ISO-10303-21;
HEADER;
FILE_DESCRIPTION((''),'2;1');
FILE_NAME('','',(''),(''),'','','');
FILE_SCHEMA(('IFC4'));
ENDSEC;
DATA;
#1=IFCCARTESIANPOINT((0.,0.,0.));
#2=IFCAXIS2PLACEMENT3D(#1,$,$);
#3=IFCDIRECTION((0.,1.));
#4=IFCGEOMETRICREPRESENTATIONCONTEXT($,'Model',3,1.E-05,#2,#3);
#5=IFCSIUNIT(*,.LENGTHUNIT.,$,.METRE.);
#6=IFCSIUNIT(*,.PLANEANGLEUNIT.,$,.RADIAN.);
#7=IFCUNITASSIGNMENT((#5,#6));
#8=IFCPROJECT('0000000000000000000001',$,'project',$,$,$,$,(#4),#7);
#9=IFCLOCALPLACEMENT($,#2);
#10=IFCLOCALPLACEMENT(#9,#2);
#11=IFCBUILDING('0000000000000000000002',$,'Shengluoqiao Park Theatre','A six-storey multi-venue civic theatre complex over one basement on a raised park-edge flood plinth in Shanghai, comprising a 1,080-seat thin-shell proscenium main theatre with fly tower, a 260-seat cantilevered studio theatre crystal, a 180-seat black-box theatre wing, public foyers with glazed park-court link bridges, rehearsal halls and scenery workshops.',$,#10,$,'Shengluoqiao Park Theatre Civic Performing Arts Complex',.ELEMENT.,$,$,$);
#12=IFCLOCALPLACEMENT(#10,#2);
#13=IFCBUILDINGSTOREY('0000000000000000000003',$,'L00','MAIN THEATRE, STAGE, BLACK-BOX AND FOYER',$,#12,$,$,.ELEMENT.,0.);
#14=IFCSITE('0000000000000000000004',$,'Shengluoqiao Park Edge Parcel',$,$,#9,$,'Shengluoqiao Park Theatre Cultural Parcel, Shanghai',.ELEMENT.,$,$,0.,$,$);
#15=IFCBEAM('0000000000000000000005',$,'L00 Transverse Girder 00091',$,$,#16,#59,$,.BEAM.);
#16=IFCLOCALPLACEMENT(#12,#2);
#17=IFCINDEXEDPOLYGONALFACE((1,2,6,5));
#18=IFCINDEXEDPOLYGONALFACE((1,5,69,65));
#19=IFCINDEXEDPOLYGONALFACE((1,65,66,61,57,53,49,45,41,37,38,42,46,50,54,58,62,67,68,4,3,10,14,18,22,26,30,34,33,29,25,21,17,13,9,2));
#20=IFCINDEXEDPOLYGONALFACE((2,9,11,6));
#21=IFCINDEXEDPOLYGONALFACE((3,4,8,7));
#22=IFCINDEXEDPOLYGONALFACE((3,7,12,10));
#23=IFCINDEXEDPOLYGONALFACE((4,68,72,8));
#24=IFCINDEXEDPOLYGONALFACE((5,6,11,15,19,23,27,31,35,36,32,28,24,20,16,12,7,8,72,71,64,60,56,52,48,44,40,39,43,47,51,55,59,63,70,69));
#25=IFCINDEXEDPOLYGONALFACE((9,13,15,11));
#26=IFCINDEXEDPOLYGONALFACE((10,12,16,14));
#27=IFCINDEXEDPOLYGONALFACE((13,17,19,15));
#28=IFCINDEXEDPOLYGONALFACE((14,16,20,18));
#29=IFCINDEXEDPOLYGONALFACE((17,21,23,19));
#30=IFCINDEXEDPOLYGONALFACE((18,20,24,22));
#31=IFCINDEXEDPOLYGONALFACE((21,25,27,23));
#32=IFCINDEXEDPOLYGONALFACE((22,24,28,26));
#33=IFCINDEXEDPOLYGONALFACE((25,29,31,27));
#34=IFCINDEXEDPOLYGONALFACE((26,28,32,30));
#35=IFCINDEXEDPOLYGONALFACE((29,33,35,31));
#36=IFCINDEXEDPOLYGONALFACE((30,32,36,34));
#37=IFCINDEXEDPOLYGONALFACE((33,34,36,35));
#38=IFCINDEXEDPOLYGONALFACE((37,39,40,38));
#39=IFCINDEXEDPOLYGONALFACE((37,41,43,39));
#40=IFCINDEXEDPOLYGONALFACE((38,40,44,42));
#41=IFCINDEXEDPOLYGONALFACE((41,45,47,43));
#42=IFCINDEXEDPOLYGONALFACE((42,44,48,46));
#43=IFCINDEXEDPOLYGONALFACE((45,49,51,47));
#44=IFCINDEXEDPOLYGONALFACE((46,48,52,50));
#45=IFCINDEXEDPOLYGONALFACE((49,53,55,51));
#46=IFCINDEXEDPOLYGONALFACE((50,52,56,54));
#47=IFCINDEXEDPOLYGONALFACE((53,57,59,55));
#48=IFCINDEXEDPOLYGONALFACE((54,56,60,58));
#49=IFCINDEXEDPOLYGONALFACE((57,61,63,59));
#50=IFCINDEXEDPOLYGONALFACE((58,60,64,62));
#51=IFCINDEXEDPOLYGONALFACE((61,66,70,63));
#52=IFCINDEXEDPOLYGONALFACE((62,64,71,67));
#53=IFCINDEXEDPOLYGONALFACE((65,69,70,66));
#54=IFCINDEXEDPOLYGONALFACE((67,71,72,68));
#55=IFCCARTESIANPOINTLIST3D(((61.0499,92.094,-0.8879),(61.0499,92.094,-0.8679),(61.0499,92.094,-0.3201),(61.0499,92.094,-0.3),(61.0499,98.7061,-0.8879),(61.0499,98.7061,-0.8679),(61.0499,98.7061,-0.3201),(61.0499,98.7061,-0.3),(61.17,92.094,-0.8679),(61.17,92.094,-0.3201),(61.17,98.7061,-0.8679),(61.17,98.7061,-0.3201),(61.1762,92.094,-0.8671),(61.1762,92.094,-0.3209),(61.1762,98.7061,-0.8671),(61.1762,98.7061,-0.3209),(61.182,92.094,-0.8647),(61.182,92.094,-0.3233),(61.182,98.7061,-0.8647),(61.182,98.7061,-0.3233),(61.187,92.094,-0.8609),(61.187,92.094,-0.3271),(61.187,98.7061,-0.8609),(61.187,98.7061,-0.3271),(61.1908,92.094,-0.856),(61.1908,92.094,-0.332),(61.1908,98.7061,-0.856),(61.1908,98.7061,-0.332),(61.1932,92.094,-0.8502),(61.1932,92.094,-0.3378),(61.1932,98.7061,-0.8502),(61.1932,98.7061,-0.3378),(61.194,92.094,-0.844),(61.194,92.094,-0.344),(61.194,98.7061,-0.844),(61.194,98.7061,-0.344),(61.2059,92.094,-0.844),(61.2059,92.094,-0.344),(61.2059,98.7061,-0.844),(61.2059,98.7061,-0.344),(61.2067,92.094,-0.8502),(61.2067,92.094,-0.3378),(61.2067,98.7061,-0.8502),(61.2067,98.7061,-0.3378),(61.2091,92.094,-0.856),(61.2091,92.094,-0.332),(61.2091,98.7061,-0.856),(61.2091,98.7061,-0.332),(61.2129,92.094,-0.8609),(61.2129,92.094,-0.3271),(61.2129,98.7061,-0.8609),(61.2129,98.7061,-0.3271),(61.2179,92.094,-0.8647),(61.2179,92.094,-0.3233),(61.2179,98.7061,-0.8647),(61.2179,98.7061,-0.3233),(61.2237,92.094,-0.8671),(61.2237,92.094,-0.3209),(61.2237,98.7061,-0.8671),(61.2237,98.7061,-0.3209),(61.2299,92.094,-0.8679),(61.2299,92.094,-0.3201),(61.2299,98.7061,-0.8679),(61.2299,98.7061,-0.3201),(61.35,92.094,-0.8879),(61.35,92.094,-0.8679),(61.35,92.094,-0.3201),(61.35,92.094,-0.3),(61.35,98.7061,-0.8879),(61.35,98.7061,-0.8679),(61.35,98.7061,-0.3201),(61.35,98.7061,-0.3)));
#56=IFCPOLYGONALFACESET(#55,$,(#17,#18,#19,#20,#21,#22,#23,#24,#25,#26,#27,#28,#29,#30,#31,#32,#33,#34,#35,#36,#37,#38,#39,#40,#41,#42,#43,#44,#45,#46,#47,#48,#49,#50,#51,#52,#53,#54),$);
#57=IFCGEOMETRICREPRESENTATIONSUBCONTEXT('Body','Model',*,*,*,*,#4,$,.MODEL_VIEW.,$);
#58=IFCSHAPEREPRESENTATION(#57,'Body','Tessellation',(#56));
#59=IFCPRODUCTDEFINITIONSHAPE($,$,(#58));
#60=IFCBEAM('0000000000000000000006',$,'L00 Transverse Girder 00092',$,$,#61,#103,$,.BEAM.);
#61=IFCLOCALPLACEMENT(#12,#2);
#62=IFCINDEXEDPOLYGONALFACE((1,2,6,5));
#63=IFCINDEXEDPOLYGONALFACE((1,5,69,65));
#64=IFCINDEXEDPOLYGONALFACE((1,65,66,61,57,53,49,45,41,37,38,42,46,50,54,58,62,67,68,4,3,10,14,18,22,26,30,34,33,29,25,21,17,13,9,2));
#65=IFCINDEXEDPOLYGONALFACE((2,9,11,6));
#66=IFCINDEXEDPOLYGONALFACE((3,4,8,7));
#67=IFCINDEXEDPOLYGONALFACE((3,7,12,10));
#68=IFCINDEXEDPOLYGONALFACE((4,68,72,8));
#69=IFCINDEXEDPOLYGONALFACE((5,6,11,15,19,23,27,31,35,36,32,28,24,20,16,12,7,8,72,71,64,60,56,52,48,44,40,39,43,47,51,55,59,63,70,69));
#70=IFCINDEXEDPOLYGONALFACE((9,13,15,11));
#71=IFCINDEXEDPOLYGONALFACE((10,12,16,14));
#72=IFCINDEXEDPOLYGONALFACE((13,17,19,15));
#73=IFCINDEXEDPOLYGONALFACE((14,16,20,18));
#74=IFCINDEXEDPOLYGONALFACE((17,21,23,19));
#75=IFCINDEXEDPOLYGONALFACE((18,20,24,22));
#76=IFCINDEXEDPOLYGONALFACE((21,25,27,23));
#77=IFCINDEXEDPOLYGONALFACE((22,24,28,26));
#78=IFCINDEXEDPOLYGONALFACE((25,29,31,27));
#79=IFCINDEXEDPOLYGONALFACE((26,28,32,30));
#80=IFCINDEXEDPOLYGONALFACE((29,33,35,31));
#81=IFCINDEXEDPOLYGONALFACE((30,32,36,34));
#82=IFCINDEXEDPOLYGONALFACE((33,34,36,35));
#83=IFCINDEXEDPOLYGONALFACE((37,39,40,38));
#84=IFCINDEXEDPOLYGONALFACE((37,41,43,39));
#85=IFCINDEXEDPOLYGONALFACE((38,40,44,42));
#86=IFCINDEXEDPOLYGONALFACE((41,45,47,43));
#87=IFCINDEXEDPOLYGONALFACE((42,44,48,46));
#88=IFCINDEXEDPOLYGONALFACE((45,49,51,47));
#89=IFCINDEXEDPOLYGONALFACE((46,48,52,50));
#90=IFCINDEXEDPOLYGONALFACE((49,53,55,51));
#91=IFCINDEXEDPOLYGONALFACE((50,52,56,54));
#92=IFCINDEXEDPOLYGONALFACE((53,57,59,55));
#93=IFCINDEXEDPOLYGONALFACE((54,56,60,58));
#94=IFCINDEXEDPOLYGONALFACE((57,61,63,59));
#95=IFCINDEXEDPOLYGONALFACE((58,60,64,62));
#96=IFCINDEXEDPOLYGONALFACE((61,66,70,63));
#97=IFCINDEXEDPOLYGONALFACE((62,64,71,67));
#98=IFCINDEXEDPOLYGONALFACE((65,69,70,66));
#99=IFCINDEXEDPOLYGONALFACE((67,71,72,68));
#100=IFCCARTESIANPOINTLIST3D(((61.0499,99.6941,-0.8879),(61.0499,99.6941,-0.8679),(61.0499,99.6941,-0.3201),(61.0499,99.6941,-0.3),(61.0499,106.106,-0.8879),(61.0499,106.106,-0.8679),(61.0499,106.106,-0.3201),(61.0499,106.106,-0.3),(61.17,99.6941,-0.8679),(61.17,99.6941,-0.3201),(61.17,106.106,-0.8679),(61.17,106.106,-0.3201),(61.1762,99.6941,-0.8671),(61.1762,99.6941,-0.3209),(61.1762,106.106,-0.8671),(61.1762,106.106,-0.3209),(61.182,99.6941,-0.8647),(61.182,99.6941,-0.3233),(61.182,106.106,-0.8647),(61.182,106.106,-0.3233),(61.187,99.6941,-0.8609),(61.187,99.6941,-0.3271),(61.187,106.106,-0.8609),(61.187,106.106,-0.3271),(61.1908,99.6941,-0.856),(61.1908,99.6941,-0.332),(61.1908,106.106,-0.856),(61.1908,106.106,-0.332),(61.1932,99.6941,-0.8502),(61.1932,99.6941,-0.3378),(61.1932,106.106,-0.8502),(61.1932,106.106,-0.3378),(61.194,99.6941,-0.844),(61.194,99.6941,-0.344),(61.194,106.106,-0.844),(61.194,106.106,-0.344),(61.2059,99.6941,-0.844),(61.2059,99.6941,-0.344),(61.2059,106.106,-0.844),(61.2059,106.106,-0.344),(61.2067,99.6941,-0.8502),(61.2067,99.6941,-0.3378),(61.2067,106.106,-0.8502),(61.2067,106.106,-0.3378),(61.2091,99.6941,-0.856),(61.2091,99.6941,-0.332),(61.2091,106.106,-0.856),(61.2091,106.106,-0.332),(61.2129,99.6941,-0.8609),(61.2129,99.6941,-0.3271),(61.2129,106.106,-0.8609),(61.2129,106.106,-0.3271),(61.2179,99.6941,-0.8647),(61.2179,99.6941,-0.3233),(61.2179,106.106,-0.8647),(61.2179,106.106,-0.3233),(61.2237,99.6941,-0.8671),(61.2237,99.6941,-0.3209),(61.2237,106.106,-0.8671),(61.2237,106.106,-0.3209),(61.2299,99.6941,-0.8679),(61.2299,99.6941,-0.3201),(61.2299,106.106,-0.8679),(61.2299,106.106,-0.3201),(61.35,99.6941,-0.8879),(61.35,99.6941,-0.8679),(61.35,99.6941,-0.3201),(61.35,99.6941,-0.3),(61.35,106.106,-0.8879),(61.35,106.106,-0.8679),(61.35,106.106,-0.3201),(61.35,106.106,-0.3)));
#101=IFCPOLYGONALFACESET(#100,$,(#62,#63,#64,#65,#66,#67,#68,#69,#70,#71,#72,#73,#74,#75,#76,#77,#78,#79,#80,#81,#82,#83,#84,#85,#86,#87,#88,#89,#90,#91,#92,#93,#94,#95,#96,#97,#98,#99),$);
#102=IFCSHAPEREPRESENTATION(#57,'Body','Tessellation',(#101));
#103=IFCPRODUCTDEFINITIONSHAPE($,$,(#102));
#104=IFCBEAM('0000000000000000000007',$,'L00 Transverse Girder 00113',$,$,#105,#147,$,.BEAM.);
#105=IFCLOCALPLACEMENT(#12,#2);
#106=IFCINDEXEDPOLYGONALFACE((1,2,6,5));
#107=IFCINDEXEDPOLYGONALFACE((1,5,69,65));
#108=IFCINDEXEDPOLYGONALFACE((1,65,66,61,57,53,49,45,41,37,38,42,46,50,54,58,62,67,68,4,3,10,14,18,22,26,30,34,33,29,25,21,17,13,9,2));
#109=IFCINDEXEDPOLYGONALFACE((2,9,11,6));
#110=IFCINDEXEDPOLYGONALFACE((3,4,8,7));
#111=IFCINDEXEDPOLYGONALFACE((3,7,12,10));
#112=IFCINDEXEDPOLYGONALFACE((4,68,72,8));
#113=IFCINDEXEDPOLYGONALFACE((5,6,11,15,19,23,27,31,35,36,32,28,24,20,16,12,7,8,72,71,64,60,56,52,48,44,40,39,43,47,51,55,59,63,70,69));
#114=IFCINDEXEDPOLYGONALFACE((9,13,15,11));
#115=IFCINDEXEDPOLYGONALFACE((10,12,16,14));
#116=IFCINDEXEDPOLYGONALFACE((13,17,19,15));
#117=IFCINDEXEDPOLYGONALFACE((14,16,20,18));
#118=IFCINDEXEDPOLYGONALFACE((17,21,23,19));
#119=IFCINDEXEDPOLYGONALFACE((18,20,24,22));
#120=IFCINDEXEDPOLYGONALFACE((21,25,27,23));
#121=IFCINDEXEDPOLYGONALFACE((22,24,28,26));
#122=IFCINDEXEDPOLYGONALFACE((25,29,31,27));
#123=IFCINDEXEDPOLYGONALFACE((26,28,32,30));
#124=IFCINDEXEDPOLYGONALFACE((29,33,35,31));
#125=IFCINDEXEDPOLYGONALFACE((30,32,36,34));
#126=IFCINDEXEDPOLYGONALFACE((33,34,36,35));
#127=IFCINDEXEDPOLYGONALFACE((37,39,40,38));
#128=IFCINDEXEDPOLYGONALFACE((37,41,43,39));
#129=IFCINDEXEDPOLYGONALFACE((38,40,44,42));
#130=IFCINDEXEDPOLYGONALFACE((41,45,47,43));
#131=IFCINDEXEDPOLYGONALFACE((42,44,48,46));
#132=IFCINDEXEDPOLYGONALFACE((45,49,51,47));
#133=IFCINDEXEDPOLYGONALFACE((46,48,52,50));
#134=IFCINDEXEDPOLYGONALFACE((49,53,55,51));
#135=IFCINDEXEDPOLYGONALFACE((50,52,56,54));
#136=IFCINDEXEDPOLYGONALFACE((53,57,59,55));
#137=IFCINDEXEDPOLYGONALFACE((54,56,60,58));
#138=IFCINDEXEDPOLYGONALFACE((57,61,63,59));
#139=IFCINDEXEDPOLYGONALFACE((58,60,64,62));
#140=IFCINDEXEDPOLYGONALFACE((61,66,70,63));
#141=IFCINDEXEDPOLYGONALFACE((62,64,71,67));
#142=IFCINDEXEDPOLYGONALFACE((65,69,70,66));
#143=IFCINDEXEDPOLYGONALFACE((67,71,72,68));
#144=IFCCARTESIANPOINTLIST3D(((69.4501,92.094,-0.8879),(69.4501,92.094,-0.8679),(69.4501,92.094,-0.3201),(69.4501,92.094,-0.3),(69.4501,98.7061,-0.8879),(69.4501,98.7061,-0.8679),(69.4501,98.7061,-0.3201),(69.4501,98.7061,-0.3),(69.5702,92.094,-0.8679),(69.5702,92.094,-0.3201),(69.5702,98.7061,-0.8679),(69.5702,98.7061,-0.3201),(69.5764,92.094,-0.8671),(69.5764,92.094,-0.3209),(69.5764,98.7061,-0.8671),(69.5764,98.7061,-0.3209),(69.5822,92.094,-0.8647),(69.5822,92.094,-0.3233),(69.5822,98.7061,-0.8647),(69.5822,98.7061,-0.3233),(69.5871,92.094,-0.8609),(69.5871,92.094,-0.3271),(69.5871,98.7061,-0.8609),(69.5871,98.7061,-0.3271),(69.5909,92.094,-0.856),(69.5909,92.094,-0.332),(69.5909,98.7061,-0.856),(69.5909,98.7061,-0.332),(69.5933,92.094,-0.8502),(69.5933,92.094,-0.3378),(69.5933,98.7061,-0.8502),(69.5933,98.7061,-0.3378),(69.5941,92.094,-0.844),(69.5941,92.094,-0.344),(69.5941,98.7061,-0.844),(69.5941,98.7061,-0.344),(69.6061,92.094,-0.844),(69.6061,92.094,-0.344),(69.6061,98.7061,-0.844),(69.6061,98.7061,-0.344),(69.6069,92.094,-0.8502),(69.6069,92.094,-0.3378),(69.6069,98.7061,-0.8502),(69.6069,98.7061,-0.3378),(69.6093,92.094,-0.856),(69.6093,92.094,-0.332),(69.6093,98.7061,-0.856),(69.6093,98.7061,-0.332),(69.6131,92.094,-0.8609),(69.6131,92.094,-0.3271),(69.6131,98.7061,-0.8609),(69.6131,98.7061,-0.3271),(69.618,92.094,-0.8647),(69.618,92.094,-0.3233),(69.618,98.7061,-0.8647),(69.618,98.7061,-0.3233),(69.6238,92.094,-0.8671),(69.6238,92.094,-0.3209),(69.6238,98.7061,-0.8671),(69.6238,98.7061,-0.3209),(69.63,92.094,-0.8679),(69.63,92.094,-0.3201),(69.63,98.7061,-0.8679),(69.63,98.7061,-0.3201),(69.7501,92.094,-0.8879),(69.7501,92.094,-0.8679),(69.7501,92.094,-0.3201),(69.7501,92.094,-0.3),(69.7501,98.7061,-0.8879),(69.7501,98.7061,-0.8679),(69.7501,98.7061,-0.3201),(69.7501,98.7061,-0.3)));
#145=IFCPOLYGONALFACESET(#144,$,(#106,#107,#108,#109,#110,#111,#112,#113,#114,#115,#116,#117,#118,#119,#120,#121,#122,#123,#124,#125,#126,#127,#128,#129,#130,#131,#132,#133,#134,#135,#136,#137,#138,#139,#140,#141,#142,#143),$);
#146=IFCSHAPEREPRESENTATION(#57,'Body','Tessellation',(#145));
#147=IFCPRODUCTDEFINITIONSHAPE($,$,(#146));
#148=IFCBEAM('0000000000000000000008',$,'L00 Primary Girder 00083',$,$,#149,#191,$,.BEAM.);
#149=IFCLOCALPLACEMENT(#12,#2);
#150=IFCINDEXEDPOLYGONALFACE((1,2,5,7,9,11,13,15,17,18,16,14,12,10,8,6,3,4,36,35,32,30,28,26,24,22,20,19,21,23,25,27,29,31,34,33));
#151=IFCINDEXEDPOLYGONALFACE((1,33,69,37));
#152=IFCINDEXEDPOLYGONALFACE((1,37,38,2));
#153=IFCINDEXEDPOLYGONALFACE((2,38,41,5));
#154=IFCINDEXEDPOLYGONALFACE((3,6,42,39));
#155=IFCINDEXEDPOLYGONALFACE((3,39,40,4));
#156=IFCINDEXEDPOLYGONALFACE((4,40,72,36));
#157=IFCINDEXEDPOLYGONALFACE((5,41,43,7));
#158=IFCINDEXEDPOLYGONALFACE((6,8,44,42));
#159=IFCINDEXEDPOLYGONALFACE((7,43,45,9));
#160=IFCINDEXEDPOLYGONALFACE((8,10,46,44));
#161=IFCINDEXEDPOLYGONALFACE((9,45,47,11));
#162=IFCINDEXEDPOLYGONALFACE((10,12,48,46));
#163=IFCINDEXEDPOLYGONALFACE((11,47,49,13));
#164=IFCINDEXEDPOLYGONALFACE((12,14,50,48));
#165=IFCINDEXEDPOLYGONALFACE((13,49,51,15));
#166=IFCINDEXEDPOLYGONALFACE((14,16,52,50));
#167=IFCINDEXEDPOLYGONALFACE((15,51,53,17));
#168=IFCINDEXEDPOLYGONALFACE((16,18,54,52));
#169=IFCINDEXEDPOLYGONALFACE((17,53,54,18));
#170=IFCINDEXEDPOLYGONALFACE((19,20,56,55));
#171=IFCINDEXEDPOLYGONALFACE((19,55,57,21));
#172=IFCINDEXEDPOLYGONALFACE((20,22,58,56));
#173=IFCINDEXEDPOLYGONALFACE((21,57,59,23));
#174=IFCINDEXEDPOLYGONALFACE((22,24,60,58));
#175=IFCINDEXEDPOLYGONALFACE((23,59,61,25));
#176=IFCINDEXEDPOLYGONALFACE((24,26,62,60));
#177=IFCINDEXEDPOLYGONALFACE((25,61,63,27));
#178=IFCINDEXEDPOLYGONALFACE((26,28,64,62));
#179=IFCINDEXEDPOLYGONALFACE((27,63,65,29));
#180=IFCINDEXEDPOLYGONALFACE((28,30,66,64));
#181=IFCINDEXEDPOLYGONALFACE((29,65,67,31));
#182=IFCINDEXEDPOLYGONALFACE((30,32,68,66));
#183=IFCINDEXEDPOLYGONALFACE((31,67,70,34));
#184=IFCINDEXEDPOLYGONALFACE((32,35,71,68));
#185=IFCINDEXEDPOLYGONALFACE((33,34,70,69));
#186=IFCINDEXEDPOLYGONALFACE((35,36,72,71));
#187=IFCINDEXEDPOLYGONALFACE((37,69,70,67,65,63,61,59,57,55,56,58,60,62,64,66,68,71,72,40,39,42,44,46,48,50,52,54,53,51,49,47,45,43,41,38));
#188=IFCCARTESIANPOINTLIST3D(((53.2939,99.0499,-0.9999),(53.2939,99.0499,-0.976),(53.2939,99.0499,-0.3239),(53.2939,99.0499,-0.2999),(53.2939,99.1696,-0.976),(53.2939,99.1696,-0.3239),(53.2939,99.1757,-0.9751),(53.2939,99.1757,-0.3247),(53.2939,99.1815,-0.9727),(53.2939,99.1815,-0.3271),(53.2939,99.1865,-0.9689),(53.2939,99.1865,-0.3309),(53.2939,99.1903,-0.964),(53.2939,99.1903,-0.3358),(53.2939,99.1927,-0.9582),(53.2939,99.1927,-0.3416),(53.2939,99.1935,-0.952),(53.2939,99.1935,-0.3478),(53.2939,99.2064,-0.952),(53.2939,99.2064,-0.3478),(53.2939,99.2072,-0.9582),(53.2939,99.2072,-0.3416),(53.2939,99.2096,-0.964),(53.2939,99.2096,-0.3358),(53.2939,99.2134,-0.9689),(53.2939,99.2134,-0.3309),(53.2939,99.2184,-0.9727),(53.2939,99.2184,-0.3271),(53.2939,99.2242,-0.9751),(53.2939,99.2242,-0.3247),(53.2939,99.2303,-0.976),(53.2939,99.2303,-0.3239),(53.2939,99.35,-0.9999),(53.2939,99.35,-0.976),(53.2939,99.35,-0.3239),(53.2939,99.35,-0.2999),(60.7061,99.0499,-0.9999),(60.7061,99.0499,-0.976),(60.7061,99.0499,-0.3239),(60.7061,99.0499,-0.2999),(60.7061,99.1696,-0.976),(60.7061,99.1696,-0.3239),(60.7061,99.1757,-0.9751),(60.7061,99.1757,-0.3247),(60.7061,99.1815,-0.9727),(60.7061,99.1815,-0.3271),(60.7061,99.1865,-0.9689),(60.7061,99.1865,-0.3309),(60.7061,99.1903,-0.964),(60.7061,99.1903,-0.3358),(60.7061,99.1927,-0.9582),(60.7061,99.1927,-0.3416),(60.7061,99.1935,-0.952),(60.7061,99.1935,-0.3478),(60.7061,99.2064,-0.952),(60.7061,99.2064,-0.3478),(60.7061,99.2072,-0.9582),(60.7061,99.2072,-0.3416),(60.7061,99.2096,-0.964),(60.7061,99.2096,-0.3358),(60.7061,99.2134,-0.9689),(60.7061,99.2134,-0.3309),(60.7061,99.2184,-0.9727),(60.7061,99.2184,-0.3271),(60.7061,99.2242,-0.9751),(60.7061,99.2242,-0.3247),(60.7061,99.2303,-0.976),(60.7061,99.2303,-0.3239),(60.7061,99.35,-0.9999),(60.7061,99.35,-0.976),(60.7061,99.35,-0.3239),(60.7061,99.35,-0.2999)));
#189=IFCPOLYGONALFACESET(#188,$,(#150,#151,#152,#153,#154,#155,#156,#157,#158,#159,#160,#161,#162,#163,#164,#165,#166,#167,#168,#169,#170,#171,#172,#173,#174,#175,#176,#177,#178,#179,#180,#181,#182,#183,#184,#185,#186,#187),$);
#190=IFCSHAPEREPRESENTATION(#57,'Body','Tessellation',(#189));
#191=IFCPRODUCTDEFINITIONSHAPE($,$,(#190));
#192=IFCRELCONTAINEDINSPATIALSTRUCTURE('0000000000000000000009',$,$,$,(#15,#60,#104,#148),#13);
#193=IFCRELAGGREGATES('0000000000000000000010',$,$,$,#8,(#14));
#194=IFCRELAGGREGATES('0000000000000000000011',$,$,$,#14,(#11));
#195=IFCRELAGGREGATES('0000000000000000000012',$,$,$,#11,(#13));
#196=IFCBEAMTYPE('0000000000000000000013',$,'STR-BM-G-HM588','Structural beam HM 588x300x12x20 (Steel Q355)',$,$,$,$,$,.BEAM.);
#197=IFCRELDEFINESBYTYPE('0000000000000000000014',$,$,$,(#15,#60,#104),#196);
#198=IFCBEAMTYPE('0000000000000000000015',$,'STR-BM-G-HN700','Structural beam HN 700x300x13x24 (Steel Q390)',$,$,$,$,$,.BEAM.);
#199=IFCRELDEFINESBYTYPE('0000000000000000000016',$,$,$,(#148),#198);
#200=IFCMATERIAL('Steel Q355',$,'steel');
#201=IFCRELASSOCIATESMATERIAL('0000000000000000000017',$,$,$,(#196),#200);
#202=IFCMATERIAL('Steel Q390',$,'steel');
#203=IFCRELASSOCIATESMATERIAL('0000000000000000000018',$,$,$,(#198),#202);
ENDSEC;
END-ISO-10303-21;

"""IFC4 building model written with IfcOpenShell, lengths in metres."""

from ifc_helpers import new_model, si_unit, direction, frame, origin, origin_2d, place, context, subcontext, project, spatial, i_section, extrude, material, material_profile, profile_set, type_object, element, save


model = new_model("IFC4")

# Units and contexts
model_context = context("Model", 3, precision=1e-05, world=origin(), true_north=direction((0.0, 1.0)))
body_context = subcontext(model_context, "Body", "Model", "MODEL_VIEW")
ifc_project = project(units=[si_unit("LENGTHUNIT", "METRE"), si_unit("PLANEANGLEUNIT", "RADIAN")], contexts=[model_context])

# Site, building, storey
site_placement = place(None, origin())
site = spatial("IfcSite", under=ifc_project, at=site_placement, Name="Shengluoqiao Park Edge Parcel", LongName="Shengluoqiao Park Theatre Cultural Parcel, Shanghai", CompositionType="ELEMENT", RefElevation=0.0)
building_placement = place(site_placement, origin())
building = spatial("IfcBuilding", under=site, at=building_placement, Name="Shengluoqiao Park Theatre", Description="A six-storey multi-venue civic theatre complex over one basement on a raised park-edge flood plinth in Shanghai, comprising a 1,080-seat thin-shell proscenium main theatre with fly tower, a 260-seat cantilevered studio theatre crystal, a 180-seat black-box theatre wing, public foyers with glazed park-court link bridges, rehearsal halls and scenery workshops.", LongName="Shengluoqiao Park Theatre Civic Performing Arts Complex", CompositionType="ELEMENT")
storey_placement = place(building_placement, origin())
storey = spatial("IfcBuildingStorey", under=building, at=storey_placement, Name="L00", Description="MAIN THEATRE, STAGE, BLACK-BOX AND FOYER", CompositionType="ELEMENT", Elevation=0.0)

# Beams
ifc_material_1 = material(Name="Steel Q355", Category="steel")
ifc_material_profile_1 = material_profile(ifc_material_1, i_section(OverallWidth=0.3, OverallDepth=0.5879, WebThickness=0.012, FlangeThickness=0.02, FilletRadius=0.0239, at=origin_2d()), Name="HM 588x300x12x20")
ifc_profile_set_1 = profile_set([ifc_material_profile_1], Name="Steel Q355")
beam_type_1 = type_object("IfcBeamType", Name="STR-BM-G-HM588", Description="Structural beam HM 588x300x12x20 (Steel Q355)", PredefinedType="BEAM", material=ifc_profile_set_1)
for number, where, z_axis, x_axis, name in (
    (1, (61.2, 92.094, -0.594), (0.0, 1.0, 0.0), (-1.0, 0.0, 0.0), "L00 Transverse Girder 00091"),
):
    element("IfcBeam", number, at=place(storey_placement, frame(where, z_axis=z_axis, x_axis=x_axis)), inside=storey, type_object=beam_type_1, Name=name, PredefinedType="BEAM", context=body_context, shape_type="SweptSolid", body=[
        extrude(i_section(OverallWidth=0.3, OverallDepth=0.5879, WebThickness=0.012, FlangeThickness=0.02, FilletRadius=0.0239, at=origin_2d()), origin(), (0.0, 0.0, 1.0), 6.6121),
    ])
beam_1_placement = place(storey_placement, frame((61.2, 99.6941, -0.594), z_axis=(0.0, 1.0, 0.0), x_axis=(-1.0, 0.0, 0.0)))
element("IfcBeam", 2, at=beam_1_placement, inside=storey, type_object=beam_type_1, Name="L00 Transverse Girder 00092", PredefinedType="BEAM", context=body_context, shape_type="SweptSolid", body=[
    extrude(i_section(OverallWidth=0.3, OverallDepth=0.5879, WebThickness=0.012, FlangeThickness=0.02, FilletRadius=0.0239, at=origin_2d()), origin(), (0.0, 0.0, 1.0), 6.4119),
])
beam_2_placement = place(storey_placement, frame((69.6001, 92.094, -0.594), z_axis=(0.0, 1.0, 0.0), x_axis=(-1.0, 0.0, 0.0)))
element("IfcBeam", 3, at=beam_2_placement, inside=storey, type_object=beam_type_1, Name="L00 Transverse Girder 00113", PredefinedType="BEAM", context=body_context, shape_type="SweptSolid", body=[
    extrude(i_section(OverallWidth=0.3, OverallDepth=0.5879, WebThickness=0.012, FlangeThickness=0.02, FilletRadius=0.0239, at=origin_2d()), origin(), (0.0, 0.0, 1.0), 6.6121),
])
ifc_material_2 = material(Name="Steel Q390", Category="steel")
ifc_material_profile_2 = material_profile(ifc_material_2, i_section(OverallWidth=0.3, OverallDepth=0.7, WebThickness=0.0129, FlangeThickness=0.0239, FilletRadius=0.0239, at=origin_2d()), Name="HN 700x300x13x24")
ifc_profile_set_2 = profile_set([ifc_material_profile_2], Name="Steel Q390")
beam_type_2 = type_object("IfcBeamType", Name="STR-BM-G-HN700", Description="Structural beam HN 700x300x13x24 (Steel Q390)", PredefinedType="BEAM", material=ifc_profile_set_2)
beam_3_placement = place(storey_placement, frame((53.2939, 99.2, -0.6499), z_axis=(1.0, 0.0, 0.0), x_axis=(0.0, 1.0, 0.0)))
element("IfcBeam", 4, at=beam_3_placement, inside=storey, type_object=beam_type_2, Name="L00 Primary Girder 00083", PredefinedType="BEAM", context=body_context, shape_type="SweptSolid", body=[
    extrude(i_section(OverallWidth=0.3, OverallDepth=0.7, WebThickness=0.0129, FlangeThickness=0.0239, FilletRadius=0.0239, at=origin_2d()), origin(), (0.0, 0.0, 1.0), 7.4121),
])

save(model, "model.ifc")
